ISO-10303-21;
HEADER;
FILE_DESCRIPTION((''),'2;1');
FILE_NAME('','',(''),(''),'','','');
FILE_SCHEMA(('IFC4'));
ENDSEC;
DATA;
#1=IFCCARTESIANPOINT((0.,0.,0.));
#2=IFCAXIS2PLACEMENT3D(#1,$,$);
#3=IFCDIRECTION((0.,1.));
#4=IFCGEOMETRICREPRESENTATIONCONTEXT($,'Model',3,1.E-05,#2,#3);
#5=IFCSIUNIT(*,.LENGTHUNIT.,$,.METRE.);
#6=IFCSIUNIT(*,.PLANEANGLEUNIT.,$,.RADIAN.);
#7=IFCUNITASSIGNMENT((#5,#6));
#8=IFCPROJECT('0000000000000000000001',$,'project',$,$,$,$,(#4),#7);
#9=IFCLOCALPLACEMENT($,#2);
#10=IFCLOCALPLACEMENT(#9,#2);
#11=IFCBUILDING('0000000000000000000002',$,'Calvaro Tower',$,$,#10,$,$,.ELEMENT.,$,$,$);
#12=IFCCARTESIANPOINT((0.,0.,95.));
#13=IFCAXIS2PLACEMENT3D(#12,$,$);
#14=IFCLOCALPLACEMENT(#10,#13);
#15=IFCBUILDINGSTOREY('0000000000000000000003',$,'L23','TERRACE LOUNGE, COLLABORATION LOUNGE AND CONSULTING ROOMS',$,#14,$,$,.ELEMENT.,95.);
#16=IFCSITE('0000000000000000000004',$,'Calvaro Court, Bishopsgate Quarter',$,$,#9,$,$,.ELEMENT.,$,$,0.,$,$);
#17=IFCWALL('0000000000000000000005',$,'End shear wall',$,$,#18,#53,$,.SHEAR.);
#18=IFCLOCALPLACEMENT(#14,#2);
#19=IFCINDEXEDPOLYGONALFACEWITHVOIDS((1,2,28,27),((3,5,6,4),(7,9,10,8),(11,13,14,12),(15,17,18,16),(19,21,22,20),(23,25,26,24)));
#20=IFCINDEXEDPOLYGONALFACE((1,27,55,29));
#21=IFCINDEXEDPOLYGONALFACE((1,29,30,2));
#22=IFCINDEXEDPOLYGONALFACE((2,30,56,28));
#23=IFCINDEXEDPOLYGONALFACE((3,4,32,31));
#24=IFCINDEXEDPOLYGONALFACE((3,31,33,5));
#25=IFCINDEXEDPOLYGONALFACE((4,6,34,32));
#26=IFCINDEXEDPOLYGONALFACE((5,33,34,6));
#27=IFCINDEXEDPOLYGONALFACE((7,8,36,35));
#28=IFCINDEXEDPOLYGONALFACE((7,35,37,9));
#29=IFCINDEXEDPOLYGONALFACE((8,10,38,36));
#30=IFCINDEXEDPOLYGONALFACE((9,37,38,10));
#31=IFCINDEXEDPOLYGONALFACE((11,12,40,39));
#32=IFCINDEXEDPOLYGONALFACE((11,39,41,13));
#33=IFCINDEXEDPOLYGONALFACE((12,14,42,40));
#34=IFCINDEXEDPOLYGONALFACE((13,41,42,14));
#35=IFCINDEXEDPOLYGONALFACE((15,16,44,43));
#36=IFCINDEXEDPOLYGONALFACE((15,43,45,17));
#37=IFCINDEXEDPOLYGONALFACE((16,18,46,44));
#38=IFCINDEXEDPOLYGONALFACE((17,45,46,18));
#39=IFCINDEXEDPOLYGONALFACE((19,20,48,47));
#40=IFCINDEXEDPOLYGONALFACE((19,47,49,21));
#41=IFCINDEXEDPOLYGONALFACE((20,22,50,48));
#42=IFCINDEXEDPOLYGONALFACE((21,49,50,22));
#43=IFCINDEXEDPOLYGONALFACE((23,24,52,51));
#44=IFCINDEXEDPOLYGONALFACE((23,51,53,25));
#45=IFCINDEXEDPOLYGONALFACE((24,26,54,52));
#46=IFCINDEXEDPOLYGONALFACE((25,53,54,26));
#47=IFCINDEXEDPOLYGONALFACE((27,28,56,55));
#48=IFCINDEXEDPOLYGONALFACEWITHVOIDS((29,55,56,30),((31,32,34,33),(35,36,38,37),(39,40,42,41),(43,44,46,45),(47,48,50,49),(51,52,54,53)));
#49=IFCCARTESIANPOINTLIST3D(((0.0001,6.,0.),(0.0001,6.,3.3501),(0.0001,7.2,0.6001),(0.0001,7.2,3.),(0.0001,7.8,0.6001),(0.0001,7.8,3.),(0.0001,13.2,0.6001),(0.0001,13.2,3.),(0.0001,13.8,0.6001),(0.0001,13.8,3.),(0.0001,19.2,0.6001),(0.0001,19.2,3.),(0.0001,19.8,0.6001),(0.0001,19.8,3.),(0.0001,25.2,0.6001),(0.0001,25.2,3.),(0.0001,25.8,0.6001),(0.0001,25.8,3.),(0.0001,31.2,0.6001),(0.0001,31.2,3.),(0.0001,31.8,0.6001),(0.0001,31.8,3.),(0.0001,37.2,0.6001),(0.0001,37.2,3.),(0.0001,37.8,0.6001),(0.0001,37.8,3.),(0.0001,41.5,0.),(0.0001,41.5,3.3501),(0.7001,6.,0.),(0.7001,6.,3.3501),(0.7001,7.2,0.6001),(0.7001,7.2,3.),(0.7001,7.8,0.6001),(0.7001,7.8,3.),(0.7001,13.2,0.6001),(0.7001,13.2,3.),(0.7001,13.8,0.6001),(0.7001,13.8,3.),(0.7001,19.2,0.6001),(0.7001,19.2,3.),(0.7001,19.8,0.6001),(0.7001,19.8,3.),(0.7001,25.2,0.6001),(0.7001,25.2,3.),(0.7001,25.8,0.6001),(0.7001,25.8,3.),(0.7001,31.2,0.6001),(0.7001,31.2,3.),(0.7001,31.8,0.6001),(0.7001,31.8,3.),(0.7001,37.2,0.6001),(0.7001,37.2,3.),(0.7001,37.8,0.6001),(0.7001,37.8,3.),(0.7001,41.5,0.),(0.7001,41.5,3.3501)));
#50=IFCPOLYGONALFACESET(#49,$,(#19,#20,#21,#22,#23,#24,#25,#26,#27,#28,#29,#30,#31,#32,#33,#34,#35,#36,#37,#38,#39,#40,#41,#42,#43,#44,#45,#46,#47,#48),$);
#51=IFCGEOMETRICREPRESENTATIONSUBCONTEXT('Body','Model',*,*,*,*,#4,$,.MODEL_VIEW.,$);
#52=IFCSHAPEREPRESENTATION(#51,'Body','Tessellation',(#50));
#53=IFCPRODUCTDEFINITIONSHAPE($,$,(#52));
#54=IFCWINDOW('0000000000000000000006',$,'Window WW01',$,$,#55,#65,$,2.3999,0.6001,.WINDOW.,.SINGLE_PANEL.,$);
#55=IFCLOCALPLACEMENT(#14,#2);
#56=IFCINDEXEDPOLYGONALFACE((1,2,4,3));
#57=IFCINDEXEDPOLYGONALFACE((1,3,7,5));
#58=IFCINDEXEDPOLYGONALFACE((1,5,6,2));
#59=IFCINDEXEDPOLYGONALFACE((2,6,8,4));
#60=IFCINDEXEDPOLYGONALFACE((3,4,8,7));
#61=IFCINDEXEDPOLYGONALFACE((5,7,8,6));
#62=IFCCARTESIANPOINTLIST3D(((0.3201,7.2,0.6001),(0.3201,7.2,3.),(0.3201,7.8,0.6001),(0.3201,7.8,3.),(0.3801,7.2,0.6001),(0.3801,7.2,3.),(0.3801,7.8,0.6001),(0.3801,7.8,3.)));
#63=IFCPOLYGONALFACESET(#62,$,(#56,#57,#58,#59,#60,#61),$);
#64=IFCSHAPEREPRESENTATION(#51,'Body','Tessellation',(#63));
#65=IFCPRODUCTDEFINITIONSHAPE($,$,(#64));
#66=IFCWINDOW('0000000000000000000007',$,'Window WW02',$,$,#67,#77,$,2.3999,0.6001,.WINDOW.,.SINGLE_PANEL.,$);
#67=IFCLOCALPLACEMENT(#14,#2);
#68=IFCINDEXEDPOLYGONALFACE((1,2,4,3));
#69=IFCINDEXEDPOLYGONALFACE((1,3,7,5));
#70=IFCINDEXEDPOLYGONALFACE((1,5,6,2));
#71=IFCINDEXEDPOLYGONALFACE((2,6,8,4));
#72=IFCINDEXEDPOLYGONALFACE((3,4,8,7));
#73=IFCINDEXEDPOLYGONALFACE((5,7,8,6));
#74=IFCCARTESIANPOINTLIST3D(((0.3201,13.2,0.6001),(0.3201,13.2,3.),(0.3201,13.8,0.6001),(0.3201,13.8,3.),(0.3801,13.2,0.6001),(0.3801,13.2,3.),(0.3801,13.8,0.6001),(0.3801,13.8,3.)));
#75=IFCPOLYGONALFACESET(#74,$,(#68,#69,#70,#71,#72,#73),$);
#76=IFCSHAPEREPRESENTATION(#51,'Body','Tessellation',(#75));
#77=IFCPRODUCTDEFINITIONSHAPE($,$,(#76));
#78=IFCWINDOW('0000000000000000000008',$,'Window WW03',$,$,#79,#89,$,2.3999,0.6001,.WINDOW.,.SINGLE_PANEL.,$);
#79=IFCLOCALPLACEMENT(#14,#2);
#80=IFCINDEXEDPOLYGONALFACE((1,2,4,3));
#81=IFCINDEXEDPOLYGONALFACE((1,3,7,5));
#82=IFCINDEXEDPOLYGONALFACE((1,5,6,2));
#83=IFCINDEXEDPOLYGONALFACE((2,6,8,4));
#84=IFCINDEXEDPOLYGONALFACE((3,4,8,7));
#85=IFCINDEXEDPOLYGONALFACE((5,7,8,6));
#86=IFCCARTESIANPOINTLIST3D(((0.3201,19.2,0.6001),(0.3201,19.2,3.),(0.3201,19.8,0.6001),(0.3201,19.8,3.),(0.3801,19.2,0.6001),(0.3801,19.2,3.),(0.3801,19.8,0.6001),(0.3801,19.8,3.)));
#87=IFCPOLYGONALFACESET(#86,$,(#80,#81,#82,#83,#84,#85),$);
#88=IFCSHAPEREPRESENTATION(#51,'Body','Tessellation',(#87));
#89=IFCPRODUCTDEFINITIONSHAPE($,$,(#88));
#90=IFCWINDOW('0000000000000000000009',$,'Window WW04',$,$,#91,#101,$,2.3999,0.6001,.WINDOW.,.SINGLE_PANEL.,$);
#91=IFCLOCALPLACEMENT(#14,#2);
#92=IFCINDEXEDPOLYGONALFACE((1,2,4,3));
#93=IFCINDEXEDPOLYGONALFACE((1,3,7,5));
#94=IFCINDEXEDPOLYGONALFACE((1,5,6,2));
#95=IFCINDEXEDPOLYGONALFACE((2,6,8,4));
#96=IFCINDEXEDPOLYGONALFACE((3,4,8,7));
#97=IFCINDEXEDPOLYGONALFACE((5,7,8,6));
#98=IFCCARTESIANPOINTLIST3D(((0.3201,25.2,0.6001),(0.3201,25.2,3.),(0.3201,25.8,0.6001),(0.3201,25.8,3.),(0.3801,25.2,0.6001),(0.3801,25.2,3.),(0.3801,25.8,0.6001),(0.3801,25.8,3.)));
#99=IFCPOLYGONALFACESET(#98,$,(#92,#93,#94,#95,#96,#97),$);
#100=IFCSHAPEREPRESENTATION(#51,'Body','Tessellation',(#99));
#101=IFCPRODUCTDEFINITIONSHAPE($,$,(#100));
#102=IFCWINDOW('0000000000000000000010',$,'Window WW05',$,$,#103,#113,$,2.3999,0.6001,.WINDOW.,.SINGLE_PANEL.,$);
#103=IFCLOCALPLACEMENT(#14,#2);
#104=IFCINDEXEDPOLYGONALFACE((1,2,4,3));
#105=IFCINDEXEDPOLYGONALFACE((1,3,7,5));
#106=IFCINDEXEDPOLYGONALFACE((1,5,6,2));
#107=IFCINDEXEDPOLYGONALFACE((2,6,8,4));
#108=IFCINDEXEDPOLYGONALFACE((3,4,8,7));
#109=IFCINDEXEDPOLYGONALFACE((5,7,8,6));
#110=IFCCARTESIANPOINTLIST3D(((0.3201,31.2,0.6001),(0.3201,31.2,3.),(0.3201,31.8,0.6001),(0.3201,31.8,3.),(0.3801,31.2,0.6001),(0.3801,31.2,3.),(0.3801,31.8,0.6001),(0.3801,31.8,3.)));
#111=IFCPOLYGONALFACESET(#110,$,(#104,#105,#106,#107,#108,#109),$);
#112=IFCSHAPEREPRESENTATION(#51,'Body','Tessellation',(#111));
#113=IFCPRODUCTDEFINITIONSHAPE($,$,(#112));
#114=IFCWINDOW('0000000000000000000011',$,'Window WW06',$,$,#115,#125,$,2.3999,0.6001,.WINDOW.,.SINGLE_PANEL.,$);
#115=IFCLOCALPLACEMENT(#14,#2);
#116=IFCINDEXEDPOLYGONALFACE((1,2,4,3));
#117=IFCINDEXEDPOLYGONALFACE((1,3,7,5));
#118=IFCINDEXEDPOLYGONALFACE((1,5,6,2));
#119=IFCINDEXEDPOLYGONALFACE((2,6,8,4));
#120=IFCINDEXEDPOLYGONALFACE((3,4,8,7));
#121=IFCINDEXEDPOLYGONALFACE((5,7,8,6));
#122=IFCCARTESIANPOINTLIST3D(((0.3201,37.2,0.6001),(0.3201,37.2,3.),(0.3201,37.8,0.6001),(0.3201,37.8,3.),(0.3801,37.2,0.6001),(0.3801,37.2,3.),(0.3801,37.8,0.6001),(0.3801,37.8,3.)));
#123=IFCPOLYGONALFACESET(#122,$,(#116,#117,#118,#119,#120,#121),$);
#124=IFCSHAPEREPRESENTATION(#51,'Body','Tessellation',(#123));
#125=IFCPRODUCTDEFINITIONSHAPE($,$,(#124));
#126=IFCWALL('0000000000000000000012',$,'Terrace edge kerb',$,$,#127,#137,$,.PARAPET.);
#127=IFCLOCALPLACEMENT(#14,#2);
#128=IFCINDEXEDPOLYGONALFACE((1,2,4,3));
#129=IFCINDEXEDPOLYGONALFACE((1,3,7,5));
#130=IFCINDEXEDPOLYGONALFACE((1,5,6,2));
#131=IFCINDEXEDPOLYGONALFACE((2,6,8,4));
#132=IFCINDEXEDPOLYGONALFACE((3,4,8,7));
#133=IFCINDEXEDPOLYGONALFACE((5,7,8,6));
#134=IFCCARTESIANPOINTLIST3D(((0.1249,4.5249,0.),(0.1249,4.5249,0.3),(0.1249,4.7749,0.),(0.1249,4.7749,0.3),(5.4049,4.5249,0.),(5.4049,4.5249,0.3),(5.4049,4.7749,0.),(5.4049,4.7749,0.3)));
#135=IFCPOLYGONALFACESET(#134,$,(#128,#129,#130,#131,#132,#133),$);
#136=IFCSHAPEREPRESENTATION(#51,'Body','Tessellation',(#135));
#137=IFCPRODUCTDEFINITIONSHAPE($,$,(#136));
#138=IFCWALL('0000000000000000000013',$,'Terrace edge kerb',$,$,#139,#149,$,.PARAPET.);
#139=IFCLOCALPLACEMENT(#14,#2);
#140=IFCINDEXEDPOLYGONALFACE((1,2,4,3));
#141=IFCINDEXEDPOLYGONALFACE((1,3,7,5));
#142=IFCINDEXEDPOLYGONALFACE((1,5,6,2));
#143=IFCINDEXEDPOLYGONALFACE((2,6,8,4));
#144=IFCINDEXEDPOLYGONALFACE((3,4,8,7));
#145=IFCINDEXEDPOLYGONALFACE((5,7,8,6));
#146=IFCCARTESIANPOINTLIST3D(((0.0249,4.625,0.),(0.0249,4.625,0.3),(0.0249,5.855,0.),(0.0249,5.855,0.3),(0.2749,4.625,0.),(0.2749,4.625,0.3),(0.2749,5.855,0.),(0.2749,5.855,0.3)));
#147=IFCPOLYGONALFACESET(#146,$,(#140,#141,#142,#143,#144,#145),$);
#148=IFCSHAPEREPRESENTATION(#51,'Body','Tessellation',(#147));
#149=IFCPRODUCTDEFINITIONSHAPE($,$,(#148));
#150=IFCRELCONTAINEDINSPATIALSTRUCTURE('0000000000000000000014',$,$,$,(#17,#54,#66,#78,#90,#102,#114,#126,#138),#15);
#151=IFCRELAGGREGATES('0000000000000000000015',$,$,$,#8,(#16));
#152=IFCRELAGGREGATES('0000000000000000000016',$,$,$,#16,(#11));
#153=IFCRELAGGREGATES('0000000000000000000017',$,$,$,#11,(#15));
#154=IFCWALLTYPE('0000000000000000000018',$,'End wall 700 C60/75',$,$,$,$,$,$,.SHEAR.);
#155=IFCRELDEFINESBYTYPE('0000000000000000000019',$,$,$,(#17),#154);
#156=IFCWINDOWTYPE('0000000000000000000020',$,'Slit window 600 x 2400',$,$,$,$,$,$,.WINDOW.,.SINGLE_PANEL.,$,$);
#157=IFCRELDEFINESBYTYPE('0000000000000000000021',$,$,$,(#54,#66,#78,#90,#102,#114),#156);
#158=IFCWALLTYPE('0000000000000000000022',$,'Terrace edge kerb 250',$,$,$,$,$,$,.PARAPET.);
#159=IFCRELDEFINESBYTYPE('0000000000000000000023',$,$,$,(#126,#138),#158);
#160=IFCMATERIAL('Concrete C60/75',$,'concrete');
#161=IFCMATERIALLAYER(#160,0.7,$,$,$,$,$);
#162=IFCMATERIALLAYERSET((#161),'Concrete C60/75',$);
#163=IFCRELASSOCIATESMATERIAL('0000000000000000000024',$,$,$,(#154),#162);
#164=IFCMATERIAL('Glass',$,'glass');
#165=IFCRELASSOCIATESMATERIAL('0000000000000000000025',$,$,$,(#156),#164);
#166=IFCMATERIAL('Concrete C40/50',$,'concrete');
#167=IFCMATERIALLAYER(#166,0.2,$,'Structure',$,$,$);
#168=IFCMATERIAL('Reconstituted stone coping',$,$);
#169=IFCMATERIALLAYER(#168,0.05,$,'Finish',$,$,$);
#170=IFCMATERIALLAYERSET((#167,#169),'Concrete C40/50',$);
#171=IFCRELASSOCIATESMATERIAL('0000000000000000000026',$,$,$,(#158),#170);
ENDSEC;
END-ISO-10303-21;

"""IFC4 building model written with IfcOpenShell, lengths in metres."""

from ifc_helpers import new_model, si_unit, direction, frame, frame_2d, origin, place, context, subcontext, project, spatial, rectangle, extrude, material, layer, layer_set, type_object, element, fill, save


model = new_model("IFC4")

# Units and contexts
model_context = context("Model", 3, precision=1e-05, world=origin(), true_north=direction((0.0, 1.0)))
body_context = subcontext(model_context, "Body", "Model", "MODEL_VIEW")
ifc_project = project(units=[si_unit("LENGTHUNIT", "METRE"), si_unit("PLANEANGLEUNIT", "RADIAN")], contexts=[model_context])

# Site, building, storey
site_placement = place(None, origin())
site = spatial("IfcSite", under=ifc_project, at=site_placement, Name="Calvaro Court, Bishopsgate Quarter", CompositionType="ELEMENT", RefElevation=0.0)
building_placement = place(site_placement, origin())
building = spatial("IfcBuilding", under=site, at=building_placement, Name="Calvaro Tower", CompositionType="ELEMENT")
storey_placement = place(building_placement, frame((0.0, 0.0, 95.0)))
storey = spatial("IfcBuildingStorey", under=building, at=storey_placement, Name="L23", Description="TERRACE LOUNGE, COLLABORATION LOUNGE AND CONSULTING ROOMS", CompositionType="ELEMENT", Elevation=95.0)

# Wall, openings, windows
ifc_material_1 = material(Name="Concrete C60/75", Category="concrete")
ifc_layer_1 = layer(ifc_material_1, 0.7)
ifc_layer_set_1 = layer_set([ifc_layer_1], Name="Concrete C60/75")
wall_type_1 = type_object("IfcWallType", Name="End wall 700 C60/75", PredefinedType="SHEAR", material=ifc_layer_set_1)
wall_1_placement = place(storey_placement, frame((0.3501, 6.0, 0.0), z_axis=(0.0, 0.0, 1.0), x_axis=(0.0, 1.0, 0.0)))
wall_1 = element("IfcWall", 1, at=wall_1_placement, inside=storey, type_object=wall_type_1, Name="End shear wall", PredefinedType="SHEAR", context=body_context, shape_type="SweptSolid", body=[
    extrude(rectangle(XDim=35.5, YDim=0.7, at=frame_2d((17.75, 0.0))), origin(), (0.0, 0.0, 1.0), 3.3501),
])
opening_1_placement = place(wall_1_placement, frame((1.2, 0.0, 0.6001)))
opening_1 = element("IfcOpeningElement", 2, at=opening_1_placement, cuts=wall_1, PredefinedType="OPENING", context=body_context, shape_type="SweptSolid", body=[
    extrude(rectangle(XDim=0.6001, YDim=2.3999, at=frame_2d((0.3, 1.2))), frame((0.0, 0.3599, 0.0), z_axis=(0.0, -1.0, 0.0), x_axis=(1.0, 0.0, 0.0)), (0.0, 0.0, 1.0), 0.72),
])
opening_2_placement = place(wall_1_placement, frame((7.2, 0.0, 0.6001)))
opening_2 = element("IfcOpeningElement", 3, at=opening_2_placement, cuts=wall_1, PredefinedType="OPENING", context=body_context, shape_type="SweptSolid", body=[
    extrude(rectangle(XDim=0.6001, YDim=2.3999, at=frame_2d((0.3, 1.2))), frame((0.0, 0.3599, 0.0), z_axis=(0.0, -1.0, 0.0), x_axis=(1.0, 0.0, 0.0)), (0.0, 0.0, 1.0), 0.72),
])
opening_3_placement = place(wall_1_placement, frame((13.2, 0.0, 0.6001)))
opening_3 = element("IfcOpeningElement", 4, at=opening_3_placement, cuts=wall_1, PredefinedType="OPENING", context=body_context, shape_type="SweptSolid", body=[
    extrude(rectangle(XDim=0.6001, YDim=2.3999, at=frame_2d((0.3, 1.2))), frame((0.0, 0.3599, 0.0), z_axis=(0.0, -1.0, 0.0), x_axis=(1.0, 0.0, 0.0)), (0.0, 0.0, 1.0), 0.72),
])
opening_4_placement = place(wall_1_placement, frame((19.2, 0.0, 0.6001)))
opening_4 = element("IfcOpeningElement", 5, at=opening_4_placement, cuts=wall_1, PredefinedType="OPENING", context=body_context, shape_type="SweptSolid", body=[
    extrude(rectangle(XDim=0.6001, YDim=2.3999, at=frame_2d((0.3, 1.2))), frame((0.0, 0.3599, 0.0), z_axis=(0.0, -1.0, 0.0), x_axis=(1.0, 0.0, 0.0)), (0.0, 0.0, 1.0), 0.72),
])
opening_5_placement = place(wall_1_placement, frame((25.2, 0.0, 0.6001)))
opening_5 = element("IfcOpeningElement", 6, at=opening_5_placement, cuts=wall_1, PredefinedType="OPENING", context=body_context, shape_type="SweptSolid", body=[
    extrude(rectangle(XDim=0.6001, YDim=2.3999, at=frame_2d((0.3, 1.2))), frame((0.0, 0.3599, 0.0), z_axis=(0.0, -1.0, 0.0), x_axis=(1.0, 0.0, 0.0)), (0.0, 0.0, 1.0), 0.72),
])
opening_6_placement = place(wall_1_placement, frame((31.2, 0.0, 0.6001)))
opening_6 = element("IfcOpeningElement", 7, at=opening_6_placement, cuts=wall_1, PredefinedType="OPENING", context=body_context, shape_type="SweptSolid", body=[
    extrude(rectangle(XDim=0.6001, YDim=2.3999, at=frame_2d((0.3, 1.2))), frame((0.0, 0.3599, 0.0), z_axis=(0.0, -1.0, 0.0), x_axis=(1.0, 0.0, 0.0)), (0.0, 0.0, 1.0), 0.72),
])
ifc_material_2 = material(Name="Glass", Category="glass")
window_type = type_object("IfcWindowType", Name="Slit window 600 x 2400", PartitioningType="SINGLE_PANEL", PredefinedType="WINDOW", material=ifc_material_2)
window_1_placement = place(opening_1_placement, origin())
window_1 = element("IfcWindow", 8, at=window_1_placement, inside=storey, type_object=window_type, Name="Window WW01", OverallHeight=2.3999, OverallWidth=0.6001, PartitioningType="SINGLE_PANEL", PredefinedType="WINDOW", context=body_context, shape_type="SweptSolid", body=[
    extrude(rectangle(XDim=0.6001, YDim=2.3999, at=frame_2d((0.3, 1.2))), frame((0.0, 0.03, 0.0), z_axis=(0.0, -1.0, 0.0), x_axis=(1.0, 0.0, 0.0)), (0.0, 0.0, 1.0), 0.0601),
])
fill(opening_1, window_1)
window_2_placement = place(opening_2_placement, origin())
window_2 = element("IfcWindow", 9, at=window_2_placement, inside=storey, type_object=window_type, Name="Window WW02", OverallHeight=2.3999, OverallWidth=0.6001, PartitioningType="SINGLE_PANEL", PredefinedType="WINDOW", context=body_context, shape_type="SweptSolid", body=[
    extrude(rectangle(XDim=0.6001, YDim=2.3999, at=frame_2d((0.3, 1.2))), frame((0.0, 0.03, 0.0), z_axis=(0.0, -1.0, 0.0), x_axis=(1.0, 0.0, 0.0)), (0.0, 0.0, 1.0), 0.0601),
])
fill(opening_2, window_2)
window_3_placement = place(opening_3_placement, origin())
window_3 = element("IfcWindow", 10, at=window_3_placement, inside=storey, type_object=window_type, Name="Window WW03", OverallHeight=2.3999, OverallWidth=0.6001, PartitioningType="SINGLE_PANEL", PredefinedType="WINDOW", context=body_context, shape_type="SweptSolid", body=[
    extrude(rectangle(XDim=0.6001, YDim=2.3999, at=frame_2d((0.3, 1.2))), frame((0.0, 0.03, 0.0), z_axis=(0.0, -1.0, 0.0), x_axis=(1.0, 0.0, 0.0)), (0.0, 0.0, 1.0), 0.0601),
])
fill(opening_3, window_3)
window_4_placement = place(opening_4_placement, origin())
window_4 = element("IfcWindow", 11, at=window_4_placement, inside=storey, type_object=window_type, Name="Window WW04", OverallHeight=2.3999, OverallWidth=0.6001, PartitioningType="SINGLE_PANEL", PredefinedType="WINDOW", context=body_context, shape_type="SweptSolid", body=[
    extrude(rectangle(XDim=0.6001, YDim=2.3999, at=frame_2d((0.3, 1.2))), frame((0.0, 0.03, 0.0), z_axis=(0.0, -1.0, 0.0), x_axis=(1.0, 0.0, 0.0)), (0.0, 0.0, 1.0), 0.0601),
])
fill(opening_4, window_4)
window_5_placement = place(opening_5_placement, origin())
window_5 = element("IfcWindow", 12, at=window_5_placement, inside=storey, type_object=window_type, Name="Window WW05", OverallHeight=2.3999, OverallWidth=0.6001, PartitioningType="SINGLE_PANEL", PredefinedType="WINDOW", context=body_context, shape_type="SweptSolid", body=[
    extrude(rectangle(XDim=0.6001, YDim=2.3999, at=frame_2d((0.3, 1.2))), frame((0.0, 0.03, 0.0), z_axis=(0.0, -1.0, 0.0), x_axis=(1.0, 0.0, 0.0)), (0.0, 0.0, 1.0), 0.0601),
])
fill(opening_5, window_5)
window_6_placement = place(opening_6_placement, origin())
window_6 = element("IfcWindow", 13, at=window_6_placement, inside=storey, type_object=window_type, Name="Window WW06", OverallHeight=2.3999, OverallWidth=0.6001, PartitioningType="SINGLE_PANEL", PredefinedType="WINDOW", context=body_context, shape_type="SweptSolid", body=[
    extrude(rectangle(XDim=0.6001, YDim=2.3999, at=frame_2d((0.3, 1.2))), frame((0.0, 0.03, 0.0), z_axis=(0.0, -1.0, 0.0), x_axis=(1.0, 0.0, 0.0)), (0.0, 0.0, 1.0), 0.0601),
])
fill(opening_6, window_6)

# Walls
ifc_material_3 = material(Name="Concrete C40/50", Category="concrete")
ifc_layer_2 = layer(ifc_material_3, 0.2, Name="Structure")
ifc_material_4 = material(Name="Reconstituted stone coping")
ifc_layer_3 = layer(ifc_material_4, 0.05, Name="Finish")
ifc_layer_set_2 = layer_set([ifc_layer_2, ifc_layer_3], Name="Concrete C40/50")
wall_type_2 = type_object("IfcWallType", Name="Terrace edge kerb 250", PredefinedType="PARAPET", material=ifc_layer_set_2)
wall_2_placement = place(storey_placement, frame((5.405, 4.6499, 0.0), z_axis=(0.0, 0.0, 1.0), x_axis=(-1.0, 0.0, 0.0)))
element("IfcWall", 14, at=wall_2_placement, inside=storey, type_object=wall_type_2, Name="Terrace edge kerb", PredefinedType="PARAPET", context=body_context, shape_type="SweptSolid", body=[
    extrude(rectangle(XDim=5.28, YDim=0.25, at=frame_2d((2.6401, 0.0))), origin(), (0.0, 0.0, 1.0), 0.3),
])
wall_3_placement = place(storey_placement, frame((0.1499, 4.625, 0.0), z_axis=(0.0, 0.0, 1.0), x_axis=(0.0, 1.0, 0.0)))
element("IfcWall", 15, at=wall_3_placement, inside=storey, type_object=wall_type_2, Name="Terrace edge kerb", PredefinedType="PARAPET", context=body_context, shape_type="SweptSolid", body=[
    extrude(rectangle(XDim=1.23, YDim=0.25, at=frame_2d((0.615, 0.0))), origin(), (0.0, 0.0, 1.0), 0.3),
])

save(model, "model.ifc")
